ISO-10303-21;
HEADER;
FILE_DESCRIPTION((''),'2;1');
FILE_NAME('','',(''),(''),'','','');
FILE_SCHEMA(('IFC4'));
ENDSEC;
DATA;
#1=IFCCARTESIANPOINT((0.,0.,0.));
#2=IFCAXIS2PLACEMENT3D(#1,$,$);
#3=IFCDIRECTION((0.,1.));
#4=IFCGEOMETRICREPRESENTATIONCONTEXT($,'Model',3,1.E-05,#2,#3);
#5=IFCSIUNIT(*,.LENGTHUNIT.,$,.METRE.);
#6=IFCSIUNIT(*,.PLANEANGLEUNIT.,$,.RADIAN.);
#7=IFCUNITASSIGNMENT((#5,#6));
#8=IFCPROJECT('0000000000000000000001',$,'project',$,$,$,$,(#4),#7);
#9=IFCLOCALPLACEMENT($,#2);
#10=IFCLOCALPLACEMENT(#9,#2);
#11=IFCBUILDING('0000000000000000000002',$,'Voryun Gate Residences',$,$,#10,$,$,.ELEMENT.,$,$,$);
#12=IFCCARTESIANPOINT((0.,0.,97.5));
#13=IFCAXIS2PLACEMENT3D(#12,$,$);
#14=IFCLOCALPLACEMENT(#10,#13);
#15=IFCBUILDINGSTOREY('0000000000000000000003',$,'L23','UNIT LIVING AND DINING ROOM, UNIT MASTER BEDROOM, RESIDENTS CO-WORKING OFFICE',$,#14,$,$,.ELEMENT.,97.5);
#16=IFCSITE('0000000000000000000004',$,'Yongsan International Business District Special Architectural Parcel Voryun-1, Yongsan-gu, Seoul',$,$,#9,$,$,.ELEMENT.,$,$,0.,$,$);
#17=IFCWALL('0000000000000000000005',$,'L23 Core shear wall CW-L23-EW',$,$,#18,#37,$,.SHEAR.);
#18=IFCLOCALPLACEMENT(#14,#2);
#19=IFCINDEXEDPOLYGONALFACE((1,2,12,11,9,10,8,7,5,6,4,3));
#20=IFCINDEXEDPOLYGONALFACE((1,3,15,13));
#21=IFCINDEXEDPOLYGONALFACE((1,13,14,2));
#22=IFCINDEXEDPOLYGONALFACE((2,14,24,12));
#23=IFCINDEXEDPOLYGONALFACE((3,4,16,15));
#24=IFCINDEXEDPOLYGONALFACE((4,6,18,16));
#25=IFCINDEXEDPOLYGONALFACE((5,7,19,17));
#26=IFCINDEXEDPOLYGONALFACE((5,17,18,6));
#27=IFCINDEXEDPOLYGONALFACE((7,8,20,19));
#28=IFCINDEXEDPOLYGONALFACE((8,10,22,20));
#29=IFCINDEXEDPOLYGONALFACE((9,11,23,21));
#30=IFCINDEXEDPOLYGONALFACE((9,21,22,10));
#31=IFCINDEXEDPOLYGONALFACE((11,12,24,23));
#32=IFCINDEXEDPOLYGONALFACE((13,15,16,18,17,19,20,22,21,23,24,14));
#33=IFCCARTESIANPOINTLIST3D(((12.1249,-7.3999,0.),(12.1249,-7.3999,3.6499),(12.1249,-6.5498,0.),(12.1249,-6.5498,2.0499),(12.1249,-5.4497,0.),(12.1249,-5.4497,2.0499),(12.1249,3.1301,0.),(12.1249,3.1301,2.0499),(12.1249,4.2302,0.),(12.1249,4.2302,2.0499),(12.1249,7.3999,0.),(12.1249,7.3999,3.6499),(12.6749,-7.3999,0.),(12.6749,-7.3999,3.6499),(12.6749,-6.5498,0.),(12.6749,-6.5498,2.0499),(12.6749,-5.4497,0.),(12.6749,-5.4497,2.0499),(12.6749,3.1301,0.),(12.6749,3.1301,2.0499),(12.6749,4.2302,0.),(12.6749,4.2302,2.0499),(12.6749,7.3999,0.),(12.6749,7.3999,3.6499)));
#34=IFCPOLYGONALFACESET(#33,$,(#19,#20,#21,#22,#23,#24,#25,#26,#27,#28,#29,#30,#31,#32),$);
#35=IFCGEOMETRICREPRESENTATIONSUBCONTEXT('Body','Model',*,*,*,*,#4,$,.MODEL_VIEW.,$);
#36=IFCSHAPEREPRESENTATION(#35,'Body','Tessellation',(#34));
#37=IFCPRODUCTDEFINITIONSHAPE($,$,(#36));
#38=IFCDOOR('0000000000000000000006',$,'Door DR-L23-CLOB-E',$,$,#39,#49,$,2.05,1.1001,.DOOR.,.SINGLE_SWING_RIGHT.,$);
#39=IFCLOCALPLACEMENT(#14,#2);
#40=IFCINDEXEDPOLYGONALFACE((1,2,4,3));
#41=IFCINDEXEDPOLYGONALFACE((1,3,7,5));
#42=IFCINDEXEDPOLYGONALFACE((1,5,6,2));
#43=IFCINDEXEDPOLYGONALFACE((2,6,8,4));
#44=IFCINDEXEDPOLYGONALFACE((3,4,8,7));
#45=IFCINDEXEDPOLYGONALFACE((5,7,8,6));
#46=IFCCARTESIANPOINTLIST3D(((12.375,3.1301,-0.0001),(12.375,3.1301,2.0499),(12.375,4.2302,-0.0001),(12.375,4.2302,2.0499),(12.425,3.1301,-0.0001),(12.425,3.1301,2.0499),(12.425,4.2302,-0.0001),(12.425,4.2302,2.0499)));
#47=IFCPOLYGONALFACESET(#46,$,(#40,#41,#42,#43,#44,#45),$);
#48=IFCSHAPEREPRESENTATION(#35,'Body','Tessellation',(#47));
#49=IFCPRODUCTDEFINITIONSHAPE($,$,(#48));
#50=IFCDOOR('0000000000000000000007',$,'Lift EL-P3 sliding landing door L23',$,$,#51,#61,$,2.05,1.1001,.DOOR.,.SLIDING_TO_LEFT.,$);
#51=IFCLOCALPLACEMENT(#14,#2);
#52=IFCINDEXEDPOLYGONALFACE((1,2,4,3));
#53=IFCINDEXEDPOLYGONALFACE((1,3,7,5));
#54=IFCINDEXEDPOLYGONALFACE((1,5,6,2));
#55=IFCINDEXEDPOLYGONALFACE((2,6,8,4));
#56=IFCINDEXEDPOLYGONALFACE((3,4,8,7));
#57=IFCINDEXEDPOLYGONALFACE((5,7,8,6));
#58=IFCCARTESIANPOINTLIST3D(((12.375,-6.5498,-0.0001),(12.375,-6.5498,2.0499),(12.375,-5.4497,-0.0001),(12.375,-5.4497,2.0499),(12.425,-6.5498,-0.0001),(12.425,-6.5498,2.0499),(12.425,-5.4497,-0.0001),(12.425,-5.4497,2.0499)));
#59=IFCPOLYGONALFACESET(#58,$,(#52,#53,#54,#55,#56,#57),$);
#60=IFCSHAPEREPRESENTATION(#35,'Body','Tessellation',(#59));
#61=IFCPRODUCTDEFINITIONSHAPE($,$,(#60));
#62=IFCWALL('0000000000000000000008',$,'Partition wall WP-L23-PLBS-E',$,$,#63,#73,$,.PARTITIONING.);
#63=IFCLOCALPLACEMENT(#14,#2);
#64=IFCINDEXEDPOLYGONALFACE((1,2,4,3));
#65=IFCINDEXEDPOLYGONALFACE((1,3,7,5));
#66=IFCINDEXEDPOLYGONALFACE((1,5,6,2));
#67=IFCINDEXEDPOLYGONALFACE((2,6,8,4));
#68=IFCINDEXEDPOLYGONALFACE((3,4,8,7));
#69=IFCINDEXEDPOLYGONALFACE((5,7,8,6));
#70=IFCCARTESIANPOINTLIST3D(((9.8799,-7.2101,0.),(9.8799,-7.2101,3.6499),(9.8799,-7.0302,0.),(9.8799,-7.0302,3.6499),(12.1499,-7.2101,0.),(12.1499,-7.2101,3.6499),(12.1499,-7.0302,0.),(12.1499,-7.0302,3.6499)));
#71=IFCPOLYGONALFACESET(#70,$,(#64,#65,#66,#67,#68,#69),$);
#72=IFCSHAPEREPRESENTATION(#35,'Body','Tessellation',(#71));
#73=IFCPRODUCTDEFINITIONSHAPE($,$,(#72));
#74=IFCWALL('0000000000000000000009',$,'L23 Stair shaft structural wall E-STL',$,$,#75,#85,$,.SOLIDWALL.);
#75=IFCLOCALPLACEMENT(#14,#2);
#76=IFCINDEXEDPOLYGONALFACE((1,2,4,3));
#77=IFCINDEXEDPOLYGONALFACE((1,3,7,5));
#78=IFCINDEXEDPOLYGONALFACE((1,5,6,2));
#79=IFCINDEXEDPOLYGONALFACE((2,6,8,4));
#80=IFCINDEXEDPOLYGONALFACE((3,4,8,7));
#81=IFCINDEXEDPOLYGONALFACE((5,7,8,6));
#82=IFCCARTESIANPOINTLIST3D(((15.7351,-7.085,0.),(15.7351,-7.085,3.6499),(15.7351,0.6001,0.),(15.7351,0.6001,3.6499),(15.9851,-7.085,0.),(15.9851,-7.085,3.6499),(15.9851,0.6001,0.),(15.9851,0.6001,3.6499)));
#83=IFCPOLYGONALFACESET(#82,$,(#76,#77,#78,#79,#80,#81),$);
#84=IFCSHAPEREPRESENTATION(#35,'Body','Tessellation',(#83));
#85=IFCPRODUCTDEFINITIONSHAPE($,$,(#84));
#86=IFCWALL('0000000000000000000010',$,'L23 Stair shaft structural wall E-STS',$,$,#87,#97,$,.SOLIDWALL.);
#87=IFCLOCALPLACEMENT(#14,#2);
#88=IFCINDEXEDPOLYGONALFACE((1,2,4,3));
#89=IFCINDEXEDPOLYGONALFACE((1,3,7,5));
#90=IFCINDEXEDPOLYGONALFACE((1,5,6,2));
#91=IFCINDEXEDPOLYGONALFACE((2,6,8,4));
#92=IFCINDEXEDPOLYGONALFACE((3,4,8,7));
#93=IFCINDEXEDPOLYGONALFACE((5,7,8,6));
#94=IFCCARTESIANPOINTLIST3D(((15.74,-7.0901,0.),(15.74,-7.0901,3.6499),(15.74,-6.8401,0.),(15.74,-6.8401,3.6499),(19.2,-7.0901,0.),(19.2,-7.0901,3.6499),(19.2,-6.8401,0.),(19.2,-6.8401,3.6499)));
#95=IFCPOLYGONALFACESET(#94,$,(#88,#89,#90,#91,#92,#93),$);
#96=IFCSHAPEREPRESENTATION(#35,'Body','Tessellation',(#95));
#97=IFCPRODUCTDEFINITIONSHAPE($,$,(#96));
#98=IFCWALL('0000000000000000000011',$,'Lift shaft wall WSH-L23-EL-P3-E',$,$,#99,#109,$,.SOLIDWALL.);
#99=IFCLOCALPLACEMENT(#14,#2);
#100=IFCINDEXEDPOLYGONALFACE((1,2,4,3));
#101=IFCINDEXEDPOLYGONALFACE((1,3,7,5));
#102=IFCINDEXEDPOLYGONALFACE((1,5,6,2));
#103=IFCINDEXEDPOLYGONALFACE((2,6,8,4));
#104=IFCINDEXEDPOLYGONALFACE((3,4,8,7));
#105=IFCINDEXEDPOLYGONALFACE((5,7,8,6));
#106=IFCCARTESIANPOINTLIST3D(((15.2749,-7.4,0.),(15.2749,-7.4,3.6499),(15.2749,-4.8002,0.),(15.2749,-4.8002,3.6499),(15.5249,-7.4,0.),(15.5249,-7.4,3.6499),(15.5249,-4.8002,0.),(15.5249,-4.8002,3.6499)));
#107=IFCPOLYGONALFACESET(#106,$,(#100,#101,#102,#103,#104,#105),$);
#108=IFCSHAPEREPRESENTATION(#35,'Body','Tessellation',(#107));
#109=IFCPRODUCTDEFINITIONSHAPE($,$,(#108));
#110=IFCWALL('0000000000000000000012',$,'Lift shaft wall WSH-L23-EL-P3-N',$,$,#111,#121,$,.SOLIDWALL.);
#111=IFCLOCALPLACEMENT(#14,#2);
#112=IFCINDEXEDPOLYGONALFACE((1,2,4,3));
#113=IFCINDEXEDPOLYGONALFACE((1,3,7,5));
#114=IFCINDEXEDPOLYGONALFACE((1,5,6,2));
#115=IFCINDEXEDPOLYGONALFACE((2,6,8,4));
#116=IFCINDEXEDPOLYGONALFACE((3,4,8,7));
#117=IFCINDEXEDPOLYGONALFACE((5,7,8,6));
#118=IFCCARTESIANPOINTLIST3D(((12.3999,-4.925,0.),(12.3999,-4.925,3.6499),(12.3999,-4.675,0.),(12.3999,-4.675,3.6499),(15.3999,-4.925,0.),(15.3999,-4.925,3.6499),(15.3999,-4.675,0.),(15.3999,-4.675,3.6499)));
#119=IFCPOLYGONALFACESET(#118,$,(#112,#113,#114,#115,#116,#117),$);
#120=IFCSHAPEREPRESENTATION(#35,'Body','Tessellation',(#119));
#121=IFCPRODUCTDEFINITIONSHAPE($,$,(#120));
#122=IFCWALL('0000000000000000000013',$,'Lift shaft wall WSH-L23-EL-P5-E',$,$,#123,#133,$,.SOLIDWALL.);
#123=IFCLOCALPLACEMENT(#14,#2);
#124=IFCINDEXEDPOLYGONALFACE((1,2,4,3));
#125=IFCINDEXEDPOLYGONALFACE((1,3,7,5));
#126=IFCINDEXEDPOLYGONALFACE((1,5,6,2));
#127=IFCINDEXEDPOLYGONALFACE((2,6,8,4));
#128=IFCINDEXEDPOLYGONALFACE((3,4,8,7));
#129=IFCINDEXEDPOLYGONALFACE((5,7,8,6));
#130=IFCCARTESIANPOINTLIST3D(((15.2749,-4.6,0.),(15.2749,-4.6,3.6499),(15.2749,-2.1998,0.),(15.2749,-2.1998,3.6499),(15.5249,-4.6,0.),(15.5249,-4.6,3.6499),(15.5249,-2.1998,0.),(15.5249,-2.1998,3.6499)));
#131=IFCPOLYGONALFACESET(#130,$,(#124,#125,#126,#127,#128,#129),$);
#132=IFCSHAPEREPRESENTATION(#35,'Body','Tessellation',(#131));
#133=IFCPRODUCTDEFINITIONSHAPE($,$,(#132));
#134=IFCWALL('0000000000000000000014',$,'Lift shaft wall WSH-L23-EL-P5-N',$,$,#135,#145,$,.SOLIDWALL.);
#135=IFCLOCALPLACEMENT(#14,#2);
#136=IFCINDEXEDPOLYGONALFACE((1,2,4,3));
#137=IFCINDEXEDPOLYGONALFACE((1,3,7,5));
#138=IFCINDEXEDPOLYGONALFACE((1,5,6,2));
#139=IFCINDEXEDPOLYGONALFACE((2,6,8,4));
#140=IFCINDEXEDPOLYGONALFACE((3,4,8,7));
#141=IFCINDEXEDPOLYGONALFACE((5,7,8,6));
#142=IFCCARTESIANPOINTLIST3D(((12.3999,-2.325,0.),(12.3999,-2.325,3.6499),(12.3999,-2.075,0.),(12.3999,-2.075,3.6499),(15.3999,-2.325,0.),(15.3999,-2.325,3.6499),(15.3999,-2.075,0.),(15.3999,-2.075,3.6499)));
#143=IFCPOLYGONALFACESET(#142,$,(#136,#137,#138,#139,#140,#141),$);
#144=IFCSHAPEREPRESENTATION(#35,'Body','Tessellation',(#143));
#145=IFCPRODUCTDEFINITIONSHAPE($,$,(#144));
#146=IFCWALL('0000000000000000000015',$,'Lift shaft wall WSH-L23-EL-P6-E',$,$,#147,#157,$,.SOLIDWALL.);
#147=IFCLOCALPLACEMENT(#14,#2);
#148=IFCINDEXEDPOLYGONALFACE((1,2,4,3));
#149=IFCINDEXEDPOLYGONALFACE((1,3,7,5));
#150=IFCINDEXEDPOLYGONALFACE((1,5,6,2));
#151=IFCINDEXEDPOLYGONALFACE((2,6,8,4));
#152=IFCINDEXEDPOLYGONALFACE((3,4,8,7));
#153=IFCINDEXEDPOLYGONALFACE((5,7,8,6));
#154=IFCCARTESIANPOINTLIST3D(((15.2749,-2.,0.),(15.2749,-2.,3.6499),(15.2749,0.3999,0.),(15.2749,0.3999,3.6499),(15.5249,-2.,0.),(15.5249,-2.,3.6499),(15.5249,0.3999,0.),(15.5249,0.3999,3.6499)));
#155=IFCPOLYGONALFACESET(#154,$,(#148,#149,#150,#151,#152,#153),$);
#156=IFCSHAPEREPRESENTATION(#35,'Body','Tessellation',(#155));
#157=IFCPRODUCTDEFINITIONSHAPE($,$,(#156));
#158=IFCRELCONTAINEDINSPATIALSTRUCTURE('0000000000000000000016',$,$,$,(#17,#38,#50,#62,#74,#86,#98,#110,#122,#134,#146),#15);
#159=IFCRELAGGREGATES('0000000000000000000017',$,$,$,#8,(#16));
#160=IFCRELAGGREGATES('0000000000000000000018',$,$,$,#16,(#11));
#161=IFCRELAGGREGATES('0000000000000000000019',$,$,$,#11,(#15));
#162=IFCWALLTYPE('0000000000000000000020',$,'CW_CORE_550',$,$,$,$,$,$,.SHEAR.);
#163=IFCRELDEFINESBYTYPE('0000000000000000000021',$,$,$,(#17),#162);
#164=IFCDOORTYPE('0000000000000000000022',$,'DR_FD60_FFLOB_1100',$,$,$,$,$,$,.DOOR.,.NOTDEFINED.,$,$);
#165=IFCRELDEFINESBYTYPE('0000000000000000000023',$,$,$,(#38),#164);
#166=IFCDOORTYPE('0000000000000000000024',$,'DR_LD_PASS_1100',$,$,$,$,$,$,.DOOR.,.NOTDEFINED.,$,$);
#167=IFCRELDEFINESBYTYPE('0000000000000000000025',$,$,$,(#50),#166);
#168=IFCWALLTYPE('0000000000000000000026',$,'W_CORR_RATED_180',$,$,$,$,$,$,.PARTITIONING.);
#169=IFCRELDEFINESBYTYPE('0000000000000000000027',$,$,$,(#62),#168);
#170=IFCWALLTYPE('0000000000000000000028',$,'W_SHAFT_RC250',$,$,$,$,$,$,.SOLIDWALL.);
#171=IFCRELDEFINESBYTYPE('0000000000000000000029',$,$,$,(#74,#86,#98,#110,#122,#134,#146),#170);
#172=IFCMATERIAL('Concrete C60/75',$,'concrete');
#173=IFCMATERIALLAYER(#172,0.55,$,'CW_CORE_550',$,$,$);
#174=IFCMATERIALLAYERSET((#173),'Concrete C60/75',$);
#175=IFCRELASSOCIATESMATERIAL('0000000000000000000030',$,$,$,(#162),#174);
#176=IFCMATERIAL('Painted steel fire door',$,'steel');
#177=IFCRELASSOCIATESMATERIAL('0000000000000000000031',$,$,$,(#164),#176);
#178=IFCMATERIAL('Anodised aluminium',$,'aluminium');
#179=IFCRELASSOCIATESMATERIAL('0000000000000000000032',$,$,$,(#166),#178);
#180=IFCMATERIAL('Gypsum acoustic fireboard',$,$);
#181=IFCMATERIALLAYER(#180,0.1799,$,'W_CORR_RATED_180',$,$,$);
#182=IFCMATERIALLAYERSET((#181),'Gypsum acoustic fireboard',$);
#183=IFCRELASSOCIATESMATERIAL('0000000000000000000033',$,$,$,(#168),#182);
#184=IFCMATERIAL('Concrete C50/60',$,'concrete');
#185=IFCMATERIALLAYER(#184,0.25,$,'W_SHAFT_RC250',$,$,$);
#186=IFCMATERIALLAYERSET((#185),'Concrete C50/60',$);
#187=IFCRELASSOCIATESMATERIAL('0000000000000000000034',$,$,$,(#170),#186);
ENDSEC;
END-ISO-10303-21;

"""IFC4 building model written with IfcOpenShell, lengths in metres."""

from ifc_helpers import new_model, si_unit, direction, frame, frame_2d, origin, place, context, subcontext, project, spatial, rectangle, extrude, material, layer, layer_set, type_object, element, fill, save


model = new_model("IFC4")

# Units and contexts
model_context = context("Model", 3, precision=1e-05, world=origin(), true_north=direction((0.0, 1.0)))
body_context = subcontext(model_context, "Body", "Model", "MODEL_VIEW")
ifc_project = project(units=[si_unit("LENGTHUNIT", "METRE"), si_unit("PLANEANGLEUNIT", "RADIAN")], contexts=[model_context])

# Site, building, storey
site_placement = place(None, origin())
site = spatial("IfcSite", under=ifc_project, at=site_placement, Name="Yongsan International Business District Special Architectural Parcel Voryun-1, Yongsan-gu, Seoul", CompositionType="ELEMENT", RefElevation=0.0)
building_placement = place(site_placement, origin())
building = spatial("IfcBuilding", under=site, at=building_placement, Name="Voryun Gate Residences", CompositionType="ELEMENT")
storey_placement = place(building_placement, frame((0.0, 0.0, 97.5)))
storey = spatial("IfcBuildingStorey", under=building, at=storey_placement, Name="L23", Description="UNIT LIVING AND DINING ROOM, UNIT MASTER BEDROOM, RESIDENTS CO-WORKING OFFICE", CompositionType="ELEMENT", Elevation=97.5)

# Shared definitions
ifc_material_1 = material(Name="Concrete C60/75", Category="concrete")
ifc_layer_1 = layer(ifc_material_1, 0.55, Name="CW_CORE_550")
ifc_layer_set_1 = layer_set([ifc_layer_1], Name="Concrete C60/75")
wall_type_1 = type_object("IfcWallType", Name="CW_CORE_550", PredefinedType="SHEAR", material=ifc_layer_set_1)

# Wall, openings, doors
wall_1_placement = place(storey_placement, frame((12.3999, -7.3999, 0.0), z_axis=(0.0, 0.0, 1.0), x_axis=(0.0, 1.0, 0.0)))
wall_1 = element("IfcWall", 1, at=wall_1_placement, inside=storey, type_object=wall_type_1, Name="L23 Core shear wall CW-L23-EW", PredefinedType="SHEAR", context=body_context, shape_type="SweptSolid", body=[
    extrude(rectangle(XDim=14.7998, YDim=0.55, at=frame_2d((7.3999, 0.0))), origin(), (0.0, 0.0, 1.0), 3.6499),
])
opening_1_placement = place(wall_1_placement, frame((0.8501, 0.0, 0.0)))
opening_1 = element("IfcOpeningElement", 2, at=opening_1_placement, cuts=wall_1, PredefinedType="OPENING", context=body_context, shape_type="SweptSolid", body=[
    extrude(rectangle(XDim=1.1001, YDim=2.05, at=frame_2d((0.55, 1.0249))), frame((0.0, 0.2849, 0.0), z_axis=(0.0, -1.0, 0.0), x_axis=(1.0, 0.0, 0.0)), (0.0, 0.0, 1.0), 0.5701),
])
opening_2_placement = place(wall_1_placement, frame((10.53, 0.0, 0.0)))
opening_2 = element("IfcOpeningElement", 3, at=opening_2_placement, cuts=wall_1, PredefinedType="OPENING", context=body_context, shape_type="SweptSolid", body=[
    extrude(rectangle(XDim=1.1001, YDim=2.05, at=frame_2d((0.55, 1.0249))), frame((0.0, 0.2849, 0.0), z_axis=(0.0, -1.0, 0.0), x_axis=(1.0, 0.0, 0.0)), (0.0, 0.0, 1.0), 0.5701),
])
ifc_material_2 = material(Name="Painted steel fire door", Category="steel")
door_type_1 = type_object("IfcDoorType", Name="DR_FD60_FFLOB_1100", OperationType="NOTDEFINED", PredefinedType="DOOR", material=ifc_material_2)
door_1_placement = place(opening_2_placement, origin())
door_1 = element("IfcDoor", 4, at=door_1_placement, inside=storey, type_object=door_type_1, Name="Door DR-L23-CLOB-E", OperationType="SINGLE_SWING_RIGHT", OverallHeight=2.05, OverallWidth=1.1001, PredefinedType="DOOR", context=body_context, shape_type="SweptSolid", body=[
    extrude(rectangle(XDim=1.1001, YDim=2.05, at=frame_2d((0.55, 1.0249))), frame((0.0, 0.0249, 0.0), z_axis=(0.0, -1.0, 0.0), x_axis=(1.0, 0.0, 0.0)), (0.0, 0.0, 1.0), 0.05),
])
fill(opening_2, door_1)
ifc_material_3 = material(Name="Anodised aluminium", Category="aluminium")
door_type_2 = type_object("IfcDoorType", Name="DR_LD_PASS_1100", OperationType="NOTDEFINED", PredefinedType="DOOR", material=ifc_material_3)
door_2_placement = place(opening_1_placement, origin())
door_2 = element("IfcDoor", 5, at=door_2_placement, inside=storey, type_object=door_type_2, Name="Lift EL-P3 sliding landing door L23", OperationType="SLIDING_TO_LEFT", OverallHeight=2.05, OverallWidth=1.1001, PredefinedType="DOOR", context=body_context, shape_type="SweptSolid", body=[
    extrude(rectangle(XDim=1.1001, YDim=2.05, at=frame_2d((0.55, 1.0249))), frame((0.0, 0.0249, 0.0), z_axis=(0.0, -1.0, 0.0), x_axis=(1.0, 0.0, 0.0)), (0.0, 0.0, 1.0), 0.05),
])
fill(opening_1, door_2)

# Walls
ifc_material_4 = material(Name="Gypsum acoustic fireboard")
ifc_layer_2 = layer(ifc_material_4, 0.1799, Name="W_CORR_RATED_180")
ifc_layer_set_2 = layer_set([ifc_layer_2], Name="Gypsum acoustic fireboard")
wall_type_2 = type_object("IfcWallType", Name="W_CORR_RATED_180", PredefinedType="PARTITIONING", material=ifc_layer_set_2)
wall_2_placement = place(storey_placement, frame((9.8799, -7.1201, 0.0), z_axis=(0.0, 0.0, 1.0), x_axis=(1.0, 0.0, 0.0)))
element("IfcWall", 6, at=wall_2_placement, inside=storey, type_object=wall_type_2, Name="Partition wall WP-L23-PLBS-E", PredefinedType="PARTITIONING", context=body_context, shape_type="SweptSolid", body=[
    extrude(rectangle(XDim=2.27, YDim=0.1799, at=frame_2d((1.135, 0.0))), origin(), (0.0, 0.0, 1.0), 3.6499),
])
ifc_material_5 = material(Name="Concrete C50/60", Category="concrete")
ifc_layer_3 = layer(ifc_material_5, 0.25, Name="W_SHAFT_RC250")
ifc_layer_set_3 = layer_set([ifc_layer_3], Name="Concrete C50/60")
wall_type_3 = type_object("IfcWallType", Name="W_SHAFT_RC250", PredefinedType="SOLIDWALL", material=ifc_layer_set_3)
wall_3_placement = place(storey_placement, frame((15.8601, -7.085, 0.0), z_axis=(0.0, 0.0, 1.0), x_axis=(0.0, 1.0, 0.0)))
element("IfcWall", 7, at=wall_3_placement, inside=storey, type_object=wall_type_3, Name="L23 Stair shaft structural wall E-STL", PredefinedType="SOLIDWALL", context=body_context, shape_type="SweptSolid", body=[
    extrude(rectangle(XDim=7.6851, YDim=0.25, at=frame_2d((3.8425, 0.0))), origin(), (0.0, 0.0, 1.0), 3.6499),
])
wall_4_placement = place(storey_placement, frame((15.74, -6.9651, 0.0), z_axis=(0.0, 0.0, 1.0), x_axis=(1.0, 0.0, 0.0)))
element("IfcWall", 8, at=wall_4_placement, inside=storey, type_object=wall_type_3, Name="L23 Stair shaft structural wall E-STS", PredefinedType="SOLIDWALL", context=body_context, shape_type="SweptSolid", body=[
    extrude(rectangle(XDim=3.46, YDim=0.25, at=frame_2d((1.73, 0.0))), origin(), (0.0, 0.0, 1.0), 3.6499),
])
wall_5_placement = place(storey_placement, frame((15.3999, -7.3999, 0.0), z_axis=(0.0, 0.0, 1.0), x_axis=(0.0, 1.0, 0.0)))
element("IfcWall", 9, at=wall_5_placement, inside=storey, type_object=wall_type_3, Name="Lift shaft wall WSH-L23-EL-P3-E", PredefinedType="SOLIDWALL", context=body_context, shape_type="SweptSolid", body=[
    extrude(rectangle(XDim=2.5999, YDim=0.25, at=frame_2d((1.2998, 0.0))), origin(), (0.0, 0.0, 1.0), 3.6499),
])
wall_6_placement = place(storey_placement, frame((15.3999, -4.8, 0.0), z_axis=(0.0, 0.0, 1.0), x_axis=(-1.0, 0.0, 0.0)))
element("IfcWall", 10, at=wall_6_placement, inside=storey, type_object=wall_type_3, Name="Lift shaft wall WSH-L23-EL-P3-N", PredefinedType="SOLIDWALL", context=body_context, shape_type="SweptSolid", body=[
    extrude(rectangle(XDim=3.0, YDim=0.25, at=frame_2d((1.5, 0.0))), origin(), (0.0, 0.0, 1.0), 3.6499),
])
wall_7_placement = place(storey_placement, frame((15.3999, -4.6001, 0.0), z_axis=(0.0, 0.0, 1.0), x_axis=(0.0, 1.0, 0.0)))
element("IfcWall", 11, at=wall_7_placement, inside=storey, type_object=wall_type_3, Name="Lift shaft wall WSH-L23-EL-P5-E", PredefinedType="SOLIDWALL", context=body_context, shape_type="SweptSolid", body=[
    extrude(rectangle(XDim=2.4001, YDim=0.25, at=frame_2d((1.2002, 0.0))), origin(), (0.0, 0.0, 1.0), 3.6499),
])
wall_8_placement = place(storey_placement, frame((15.3999, -2.2, 0.0), z_axis=(0.0, 0.0, 1.0), x_axis=(-1.0, 0.0, 0.0)))
element("IfcWall", 12, at=wall_8_placement, inside=storey, type_object=wall_type_3, Name="Lift shaft wall WSH-L23-EL-P5-N", PredefinedType="SOLIDWALL", context=body_context, shape_type="SweptSolid", body=[
    extrude(rectangle(XDim=3.0, YDim=0.25, at=frame_2d((1.5, 0.0))), origin(), (0.0, 0.0, 1.0), 3.6499),
])
wall_9_placement = place(storey_placement, frame((15.3999, -2.0, 0.0), z_axis=(0.0, 0.0, 1.0), x_axis=(0.0, 1.0, 0.0)))
element("IfcWall", 13, at=wall_9_placement, inside=storey, type_object=wall_type_3, Name="Lift shaft wall WSH-L23-EL-P6-E", PredefinedType="SOLIDWALL", context=body_context, shape_type="SweptSolid", body=[
    extrude(rectangle(XDim=2.3999, YDim=0.25, at=frame_2d((1.2, 0.0))), origin(), (0.0, 0.0, 1.0), 3.6499),
])

save(model, "model.ifc")
